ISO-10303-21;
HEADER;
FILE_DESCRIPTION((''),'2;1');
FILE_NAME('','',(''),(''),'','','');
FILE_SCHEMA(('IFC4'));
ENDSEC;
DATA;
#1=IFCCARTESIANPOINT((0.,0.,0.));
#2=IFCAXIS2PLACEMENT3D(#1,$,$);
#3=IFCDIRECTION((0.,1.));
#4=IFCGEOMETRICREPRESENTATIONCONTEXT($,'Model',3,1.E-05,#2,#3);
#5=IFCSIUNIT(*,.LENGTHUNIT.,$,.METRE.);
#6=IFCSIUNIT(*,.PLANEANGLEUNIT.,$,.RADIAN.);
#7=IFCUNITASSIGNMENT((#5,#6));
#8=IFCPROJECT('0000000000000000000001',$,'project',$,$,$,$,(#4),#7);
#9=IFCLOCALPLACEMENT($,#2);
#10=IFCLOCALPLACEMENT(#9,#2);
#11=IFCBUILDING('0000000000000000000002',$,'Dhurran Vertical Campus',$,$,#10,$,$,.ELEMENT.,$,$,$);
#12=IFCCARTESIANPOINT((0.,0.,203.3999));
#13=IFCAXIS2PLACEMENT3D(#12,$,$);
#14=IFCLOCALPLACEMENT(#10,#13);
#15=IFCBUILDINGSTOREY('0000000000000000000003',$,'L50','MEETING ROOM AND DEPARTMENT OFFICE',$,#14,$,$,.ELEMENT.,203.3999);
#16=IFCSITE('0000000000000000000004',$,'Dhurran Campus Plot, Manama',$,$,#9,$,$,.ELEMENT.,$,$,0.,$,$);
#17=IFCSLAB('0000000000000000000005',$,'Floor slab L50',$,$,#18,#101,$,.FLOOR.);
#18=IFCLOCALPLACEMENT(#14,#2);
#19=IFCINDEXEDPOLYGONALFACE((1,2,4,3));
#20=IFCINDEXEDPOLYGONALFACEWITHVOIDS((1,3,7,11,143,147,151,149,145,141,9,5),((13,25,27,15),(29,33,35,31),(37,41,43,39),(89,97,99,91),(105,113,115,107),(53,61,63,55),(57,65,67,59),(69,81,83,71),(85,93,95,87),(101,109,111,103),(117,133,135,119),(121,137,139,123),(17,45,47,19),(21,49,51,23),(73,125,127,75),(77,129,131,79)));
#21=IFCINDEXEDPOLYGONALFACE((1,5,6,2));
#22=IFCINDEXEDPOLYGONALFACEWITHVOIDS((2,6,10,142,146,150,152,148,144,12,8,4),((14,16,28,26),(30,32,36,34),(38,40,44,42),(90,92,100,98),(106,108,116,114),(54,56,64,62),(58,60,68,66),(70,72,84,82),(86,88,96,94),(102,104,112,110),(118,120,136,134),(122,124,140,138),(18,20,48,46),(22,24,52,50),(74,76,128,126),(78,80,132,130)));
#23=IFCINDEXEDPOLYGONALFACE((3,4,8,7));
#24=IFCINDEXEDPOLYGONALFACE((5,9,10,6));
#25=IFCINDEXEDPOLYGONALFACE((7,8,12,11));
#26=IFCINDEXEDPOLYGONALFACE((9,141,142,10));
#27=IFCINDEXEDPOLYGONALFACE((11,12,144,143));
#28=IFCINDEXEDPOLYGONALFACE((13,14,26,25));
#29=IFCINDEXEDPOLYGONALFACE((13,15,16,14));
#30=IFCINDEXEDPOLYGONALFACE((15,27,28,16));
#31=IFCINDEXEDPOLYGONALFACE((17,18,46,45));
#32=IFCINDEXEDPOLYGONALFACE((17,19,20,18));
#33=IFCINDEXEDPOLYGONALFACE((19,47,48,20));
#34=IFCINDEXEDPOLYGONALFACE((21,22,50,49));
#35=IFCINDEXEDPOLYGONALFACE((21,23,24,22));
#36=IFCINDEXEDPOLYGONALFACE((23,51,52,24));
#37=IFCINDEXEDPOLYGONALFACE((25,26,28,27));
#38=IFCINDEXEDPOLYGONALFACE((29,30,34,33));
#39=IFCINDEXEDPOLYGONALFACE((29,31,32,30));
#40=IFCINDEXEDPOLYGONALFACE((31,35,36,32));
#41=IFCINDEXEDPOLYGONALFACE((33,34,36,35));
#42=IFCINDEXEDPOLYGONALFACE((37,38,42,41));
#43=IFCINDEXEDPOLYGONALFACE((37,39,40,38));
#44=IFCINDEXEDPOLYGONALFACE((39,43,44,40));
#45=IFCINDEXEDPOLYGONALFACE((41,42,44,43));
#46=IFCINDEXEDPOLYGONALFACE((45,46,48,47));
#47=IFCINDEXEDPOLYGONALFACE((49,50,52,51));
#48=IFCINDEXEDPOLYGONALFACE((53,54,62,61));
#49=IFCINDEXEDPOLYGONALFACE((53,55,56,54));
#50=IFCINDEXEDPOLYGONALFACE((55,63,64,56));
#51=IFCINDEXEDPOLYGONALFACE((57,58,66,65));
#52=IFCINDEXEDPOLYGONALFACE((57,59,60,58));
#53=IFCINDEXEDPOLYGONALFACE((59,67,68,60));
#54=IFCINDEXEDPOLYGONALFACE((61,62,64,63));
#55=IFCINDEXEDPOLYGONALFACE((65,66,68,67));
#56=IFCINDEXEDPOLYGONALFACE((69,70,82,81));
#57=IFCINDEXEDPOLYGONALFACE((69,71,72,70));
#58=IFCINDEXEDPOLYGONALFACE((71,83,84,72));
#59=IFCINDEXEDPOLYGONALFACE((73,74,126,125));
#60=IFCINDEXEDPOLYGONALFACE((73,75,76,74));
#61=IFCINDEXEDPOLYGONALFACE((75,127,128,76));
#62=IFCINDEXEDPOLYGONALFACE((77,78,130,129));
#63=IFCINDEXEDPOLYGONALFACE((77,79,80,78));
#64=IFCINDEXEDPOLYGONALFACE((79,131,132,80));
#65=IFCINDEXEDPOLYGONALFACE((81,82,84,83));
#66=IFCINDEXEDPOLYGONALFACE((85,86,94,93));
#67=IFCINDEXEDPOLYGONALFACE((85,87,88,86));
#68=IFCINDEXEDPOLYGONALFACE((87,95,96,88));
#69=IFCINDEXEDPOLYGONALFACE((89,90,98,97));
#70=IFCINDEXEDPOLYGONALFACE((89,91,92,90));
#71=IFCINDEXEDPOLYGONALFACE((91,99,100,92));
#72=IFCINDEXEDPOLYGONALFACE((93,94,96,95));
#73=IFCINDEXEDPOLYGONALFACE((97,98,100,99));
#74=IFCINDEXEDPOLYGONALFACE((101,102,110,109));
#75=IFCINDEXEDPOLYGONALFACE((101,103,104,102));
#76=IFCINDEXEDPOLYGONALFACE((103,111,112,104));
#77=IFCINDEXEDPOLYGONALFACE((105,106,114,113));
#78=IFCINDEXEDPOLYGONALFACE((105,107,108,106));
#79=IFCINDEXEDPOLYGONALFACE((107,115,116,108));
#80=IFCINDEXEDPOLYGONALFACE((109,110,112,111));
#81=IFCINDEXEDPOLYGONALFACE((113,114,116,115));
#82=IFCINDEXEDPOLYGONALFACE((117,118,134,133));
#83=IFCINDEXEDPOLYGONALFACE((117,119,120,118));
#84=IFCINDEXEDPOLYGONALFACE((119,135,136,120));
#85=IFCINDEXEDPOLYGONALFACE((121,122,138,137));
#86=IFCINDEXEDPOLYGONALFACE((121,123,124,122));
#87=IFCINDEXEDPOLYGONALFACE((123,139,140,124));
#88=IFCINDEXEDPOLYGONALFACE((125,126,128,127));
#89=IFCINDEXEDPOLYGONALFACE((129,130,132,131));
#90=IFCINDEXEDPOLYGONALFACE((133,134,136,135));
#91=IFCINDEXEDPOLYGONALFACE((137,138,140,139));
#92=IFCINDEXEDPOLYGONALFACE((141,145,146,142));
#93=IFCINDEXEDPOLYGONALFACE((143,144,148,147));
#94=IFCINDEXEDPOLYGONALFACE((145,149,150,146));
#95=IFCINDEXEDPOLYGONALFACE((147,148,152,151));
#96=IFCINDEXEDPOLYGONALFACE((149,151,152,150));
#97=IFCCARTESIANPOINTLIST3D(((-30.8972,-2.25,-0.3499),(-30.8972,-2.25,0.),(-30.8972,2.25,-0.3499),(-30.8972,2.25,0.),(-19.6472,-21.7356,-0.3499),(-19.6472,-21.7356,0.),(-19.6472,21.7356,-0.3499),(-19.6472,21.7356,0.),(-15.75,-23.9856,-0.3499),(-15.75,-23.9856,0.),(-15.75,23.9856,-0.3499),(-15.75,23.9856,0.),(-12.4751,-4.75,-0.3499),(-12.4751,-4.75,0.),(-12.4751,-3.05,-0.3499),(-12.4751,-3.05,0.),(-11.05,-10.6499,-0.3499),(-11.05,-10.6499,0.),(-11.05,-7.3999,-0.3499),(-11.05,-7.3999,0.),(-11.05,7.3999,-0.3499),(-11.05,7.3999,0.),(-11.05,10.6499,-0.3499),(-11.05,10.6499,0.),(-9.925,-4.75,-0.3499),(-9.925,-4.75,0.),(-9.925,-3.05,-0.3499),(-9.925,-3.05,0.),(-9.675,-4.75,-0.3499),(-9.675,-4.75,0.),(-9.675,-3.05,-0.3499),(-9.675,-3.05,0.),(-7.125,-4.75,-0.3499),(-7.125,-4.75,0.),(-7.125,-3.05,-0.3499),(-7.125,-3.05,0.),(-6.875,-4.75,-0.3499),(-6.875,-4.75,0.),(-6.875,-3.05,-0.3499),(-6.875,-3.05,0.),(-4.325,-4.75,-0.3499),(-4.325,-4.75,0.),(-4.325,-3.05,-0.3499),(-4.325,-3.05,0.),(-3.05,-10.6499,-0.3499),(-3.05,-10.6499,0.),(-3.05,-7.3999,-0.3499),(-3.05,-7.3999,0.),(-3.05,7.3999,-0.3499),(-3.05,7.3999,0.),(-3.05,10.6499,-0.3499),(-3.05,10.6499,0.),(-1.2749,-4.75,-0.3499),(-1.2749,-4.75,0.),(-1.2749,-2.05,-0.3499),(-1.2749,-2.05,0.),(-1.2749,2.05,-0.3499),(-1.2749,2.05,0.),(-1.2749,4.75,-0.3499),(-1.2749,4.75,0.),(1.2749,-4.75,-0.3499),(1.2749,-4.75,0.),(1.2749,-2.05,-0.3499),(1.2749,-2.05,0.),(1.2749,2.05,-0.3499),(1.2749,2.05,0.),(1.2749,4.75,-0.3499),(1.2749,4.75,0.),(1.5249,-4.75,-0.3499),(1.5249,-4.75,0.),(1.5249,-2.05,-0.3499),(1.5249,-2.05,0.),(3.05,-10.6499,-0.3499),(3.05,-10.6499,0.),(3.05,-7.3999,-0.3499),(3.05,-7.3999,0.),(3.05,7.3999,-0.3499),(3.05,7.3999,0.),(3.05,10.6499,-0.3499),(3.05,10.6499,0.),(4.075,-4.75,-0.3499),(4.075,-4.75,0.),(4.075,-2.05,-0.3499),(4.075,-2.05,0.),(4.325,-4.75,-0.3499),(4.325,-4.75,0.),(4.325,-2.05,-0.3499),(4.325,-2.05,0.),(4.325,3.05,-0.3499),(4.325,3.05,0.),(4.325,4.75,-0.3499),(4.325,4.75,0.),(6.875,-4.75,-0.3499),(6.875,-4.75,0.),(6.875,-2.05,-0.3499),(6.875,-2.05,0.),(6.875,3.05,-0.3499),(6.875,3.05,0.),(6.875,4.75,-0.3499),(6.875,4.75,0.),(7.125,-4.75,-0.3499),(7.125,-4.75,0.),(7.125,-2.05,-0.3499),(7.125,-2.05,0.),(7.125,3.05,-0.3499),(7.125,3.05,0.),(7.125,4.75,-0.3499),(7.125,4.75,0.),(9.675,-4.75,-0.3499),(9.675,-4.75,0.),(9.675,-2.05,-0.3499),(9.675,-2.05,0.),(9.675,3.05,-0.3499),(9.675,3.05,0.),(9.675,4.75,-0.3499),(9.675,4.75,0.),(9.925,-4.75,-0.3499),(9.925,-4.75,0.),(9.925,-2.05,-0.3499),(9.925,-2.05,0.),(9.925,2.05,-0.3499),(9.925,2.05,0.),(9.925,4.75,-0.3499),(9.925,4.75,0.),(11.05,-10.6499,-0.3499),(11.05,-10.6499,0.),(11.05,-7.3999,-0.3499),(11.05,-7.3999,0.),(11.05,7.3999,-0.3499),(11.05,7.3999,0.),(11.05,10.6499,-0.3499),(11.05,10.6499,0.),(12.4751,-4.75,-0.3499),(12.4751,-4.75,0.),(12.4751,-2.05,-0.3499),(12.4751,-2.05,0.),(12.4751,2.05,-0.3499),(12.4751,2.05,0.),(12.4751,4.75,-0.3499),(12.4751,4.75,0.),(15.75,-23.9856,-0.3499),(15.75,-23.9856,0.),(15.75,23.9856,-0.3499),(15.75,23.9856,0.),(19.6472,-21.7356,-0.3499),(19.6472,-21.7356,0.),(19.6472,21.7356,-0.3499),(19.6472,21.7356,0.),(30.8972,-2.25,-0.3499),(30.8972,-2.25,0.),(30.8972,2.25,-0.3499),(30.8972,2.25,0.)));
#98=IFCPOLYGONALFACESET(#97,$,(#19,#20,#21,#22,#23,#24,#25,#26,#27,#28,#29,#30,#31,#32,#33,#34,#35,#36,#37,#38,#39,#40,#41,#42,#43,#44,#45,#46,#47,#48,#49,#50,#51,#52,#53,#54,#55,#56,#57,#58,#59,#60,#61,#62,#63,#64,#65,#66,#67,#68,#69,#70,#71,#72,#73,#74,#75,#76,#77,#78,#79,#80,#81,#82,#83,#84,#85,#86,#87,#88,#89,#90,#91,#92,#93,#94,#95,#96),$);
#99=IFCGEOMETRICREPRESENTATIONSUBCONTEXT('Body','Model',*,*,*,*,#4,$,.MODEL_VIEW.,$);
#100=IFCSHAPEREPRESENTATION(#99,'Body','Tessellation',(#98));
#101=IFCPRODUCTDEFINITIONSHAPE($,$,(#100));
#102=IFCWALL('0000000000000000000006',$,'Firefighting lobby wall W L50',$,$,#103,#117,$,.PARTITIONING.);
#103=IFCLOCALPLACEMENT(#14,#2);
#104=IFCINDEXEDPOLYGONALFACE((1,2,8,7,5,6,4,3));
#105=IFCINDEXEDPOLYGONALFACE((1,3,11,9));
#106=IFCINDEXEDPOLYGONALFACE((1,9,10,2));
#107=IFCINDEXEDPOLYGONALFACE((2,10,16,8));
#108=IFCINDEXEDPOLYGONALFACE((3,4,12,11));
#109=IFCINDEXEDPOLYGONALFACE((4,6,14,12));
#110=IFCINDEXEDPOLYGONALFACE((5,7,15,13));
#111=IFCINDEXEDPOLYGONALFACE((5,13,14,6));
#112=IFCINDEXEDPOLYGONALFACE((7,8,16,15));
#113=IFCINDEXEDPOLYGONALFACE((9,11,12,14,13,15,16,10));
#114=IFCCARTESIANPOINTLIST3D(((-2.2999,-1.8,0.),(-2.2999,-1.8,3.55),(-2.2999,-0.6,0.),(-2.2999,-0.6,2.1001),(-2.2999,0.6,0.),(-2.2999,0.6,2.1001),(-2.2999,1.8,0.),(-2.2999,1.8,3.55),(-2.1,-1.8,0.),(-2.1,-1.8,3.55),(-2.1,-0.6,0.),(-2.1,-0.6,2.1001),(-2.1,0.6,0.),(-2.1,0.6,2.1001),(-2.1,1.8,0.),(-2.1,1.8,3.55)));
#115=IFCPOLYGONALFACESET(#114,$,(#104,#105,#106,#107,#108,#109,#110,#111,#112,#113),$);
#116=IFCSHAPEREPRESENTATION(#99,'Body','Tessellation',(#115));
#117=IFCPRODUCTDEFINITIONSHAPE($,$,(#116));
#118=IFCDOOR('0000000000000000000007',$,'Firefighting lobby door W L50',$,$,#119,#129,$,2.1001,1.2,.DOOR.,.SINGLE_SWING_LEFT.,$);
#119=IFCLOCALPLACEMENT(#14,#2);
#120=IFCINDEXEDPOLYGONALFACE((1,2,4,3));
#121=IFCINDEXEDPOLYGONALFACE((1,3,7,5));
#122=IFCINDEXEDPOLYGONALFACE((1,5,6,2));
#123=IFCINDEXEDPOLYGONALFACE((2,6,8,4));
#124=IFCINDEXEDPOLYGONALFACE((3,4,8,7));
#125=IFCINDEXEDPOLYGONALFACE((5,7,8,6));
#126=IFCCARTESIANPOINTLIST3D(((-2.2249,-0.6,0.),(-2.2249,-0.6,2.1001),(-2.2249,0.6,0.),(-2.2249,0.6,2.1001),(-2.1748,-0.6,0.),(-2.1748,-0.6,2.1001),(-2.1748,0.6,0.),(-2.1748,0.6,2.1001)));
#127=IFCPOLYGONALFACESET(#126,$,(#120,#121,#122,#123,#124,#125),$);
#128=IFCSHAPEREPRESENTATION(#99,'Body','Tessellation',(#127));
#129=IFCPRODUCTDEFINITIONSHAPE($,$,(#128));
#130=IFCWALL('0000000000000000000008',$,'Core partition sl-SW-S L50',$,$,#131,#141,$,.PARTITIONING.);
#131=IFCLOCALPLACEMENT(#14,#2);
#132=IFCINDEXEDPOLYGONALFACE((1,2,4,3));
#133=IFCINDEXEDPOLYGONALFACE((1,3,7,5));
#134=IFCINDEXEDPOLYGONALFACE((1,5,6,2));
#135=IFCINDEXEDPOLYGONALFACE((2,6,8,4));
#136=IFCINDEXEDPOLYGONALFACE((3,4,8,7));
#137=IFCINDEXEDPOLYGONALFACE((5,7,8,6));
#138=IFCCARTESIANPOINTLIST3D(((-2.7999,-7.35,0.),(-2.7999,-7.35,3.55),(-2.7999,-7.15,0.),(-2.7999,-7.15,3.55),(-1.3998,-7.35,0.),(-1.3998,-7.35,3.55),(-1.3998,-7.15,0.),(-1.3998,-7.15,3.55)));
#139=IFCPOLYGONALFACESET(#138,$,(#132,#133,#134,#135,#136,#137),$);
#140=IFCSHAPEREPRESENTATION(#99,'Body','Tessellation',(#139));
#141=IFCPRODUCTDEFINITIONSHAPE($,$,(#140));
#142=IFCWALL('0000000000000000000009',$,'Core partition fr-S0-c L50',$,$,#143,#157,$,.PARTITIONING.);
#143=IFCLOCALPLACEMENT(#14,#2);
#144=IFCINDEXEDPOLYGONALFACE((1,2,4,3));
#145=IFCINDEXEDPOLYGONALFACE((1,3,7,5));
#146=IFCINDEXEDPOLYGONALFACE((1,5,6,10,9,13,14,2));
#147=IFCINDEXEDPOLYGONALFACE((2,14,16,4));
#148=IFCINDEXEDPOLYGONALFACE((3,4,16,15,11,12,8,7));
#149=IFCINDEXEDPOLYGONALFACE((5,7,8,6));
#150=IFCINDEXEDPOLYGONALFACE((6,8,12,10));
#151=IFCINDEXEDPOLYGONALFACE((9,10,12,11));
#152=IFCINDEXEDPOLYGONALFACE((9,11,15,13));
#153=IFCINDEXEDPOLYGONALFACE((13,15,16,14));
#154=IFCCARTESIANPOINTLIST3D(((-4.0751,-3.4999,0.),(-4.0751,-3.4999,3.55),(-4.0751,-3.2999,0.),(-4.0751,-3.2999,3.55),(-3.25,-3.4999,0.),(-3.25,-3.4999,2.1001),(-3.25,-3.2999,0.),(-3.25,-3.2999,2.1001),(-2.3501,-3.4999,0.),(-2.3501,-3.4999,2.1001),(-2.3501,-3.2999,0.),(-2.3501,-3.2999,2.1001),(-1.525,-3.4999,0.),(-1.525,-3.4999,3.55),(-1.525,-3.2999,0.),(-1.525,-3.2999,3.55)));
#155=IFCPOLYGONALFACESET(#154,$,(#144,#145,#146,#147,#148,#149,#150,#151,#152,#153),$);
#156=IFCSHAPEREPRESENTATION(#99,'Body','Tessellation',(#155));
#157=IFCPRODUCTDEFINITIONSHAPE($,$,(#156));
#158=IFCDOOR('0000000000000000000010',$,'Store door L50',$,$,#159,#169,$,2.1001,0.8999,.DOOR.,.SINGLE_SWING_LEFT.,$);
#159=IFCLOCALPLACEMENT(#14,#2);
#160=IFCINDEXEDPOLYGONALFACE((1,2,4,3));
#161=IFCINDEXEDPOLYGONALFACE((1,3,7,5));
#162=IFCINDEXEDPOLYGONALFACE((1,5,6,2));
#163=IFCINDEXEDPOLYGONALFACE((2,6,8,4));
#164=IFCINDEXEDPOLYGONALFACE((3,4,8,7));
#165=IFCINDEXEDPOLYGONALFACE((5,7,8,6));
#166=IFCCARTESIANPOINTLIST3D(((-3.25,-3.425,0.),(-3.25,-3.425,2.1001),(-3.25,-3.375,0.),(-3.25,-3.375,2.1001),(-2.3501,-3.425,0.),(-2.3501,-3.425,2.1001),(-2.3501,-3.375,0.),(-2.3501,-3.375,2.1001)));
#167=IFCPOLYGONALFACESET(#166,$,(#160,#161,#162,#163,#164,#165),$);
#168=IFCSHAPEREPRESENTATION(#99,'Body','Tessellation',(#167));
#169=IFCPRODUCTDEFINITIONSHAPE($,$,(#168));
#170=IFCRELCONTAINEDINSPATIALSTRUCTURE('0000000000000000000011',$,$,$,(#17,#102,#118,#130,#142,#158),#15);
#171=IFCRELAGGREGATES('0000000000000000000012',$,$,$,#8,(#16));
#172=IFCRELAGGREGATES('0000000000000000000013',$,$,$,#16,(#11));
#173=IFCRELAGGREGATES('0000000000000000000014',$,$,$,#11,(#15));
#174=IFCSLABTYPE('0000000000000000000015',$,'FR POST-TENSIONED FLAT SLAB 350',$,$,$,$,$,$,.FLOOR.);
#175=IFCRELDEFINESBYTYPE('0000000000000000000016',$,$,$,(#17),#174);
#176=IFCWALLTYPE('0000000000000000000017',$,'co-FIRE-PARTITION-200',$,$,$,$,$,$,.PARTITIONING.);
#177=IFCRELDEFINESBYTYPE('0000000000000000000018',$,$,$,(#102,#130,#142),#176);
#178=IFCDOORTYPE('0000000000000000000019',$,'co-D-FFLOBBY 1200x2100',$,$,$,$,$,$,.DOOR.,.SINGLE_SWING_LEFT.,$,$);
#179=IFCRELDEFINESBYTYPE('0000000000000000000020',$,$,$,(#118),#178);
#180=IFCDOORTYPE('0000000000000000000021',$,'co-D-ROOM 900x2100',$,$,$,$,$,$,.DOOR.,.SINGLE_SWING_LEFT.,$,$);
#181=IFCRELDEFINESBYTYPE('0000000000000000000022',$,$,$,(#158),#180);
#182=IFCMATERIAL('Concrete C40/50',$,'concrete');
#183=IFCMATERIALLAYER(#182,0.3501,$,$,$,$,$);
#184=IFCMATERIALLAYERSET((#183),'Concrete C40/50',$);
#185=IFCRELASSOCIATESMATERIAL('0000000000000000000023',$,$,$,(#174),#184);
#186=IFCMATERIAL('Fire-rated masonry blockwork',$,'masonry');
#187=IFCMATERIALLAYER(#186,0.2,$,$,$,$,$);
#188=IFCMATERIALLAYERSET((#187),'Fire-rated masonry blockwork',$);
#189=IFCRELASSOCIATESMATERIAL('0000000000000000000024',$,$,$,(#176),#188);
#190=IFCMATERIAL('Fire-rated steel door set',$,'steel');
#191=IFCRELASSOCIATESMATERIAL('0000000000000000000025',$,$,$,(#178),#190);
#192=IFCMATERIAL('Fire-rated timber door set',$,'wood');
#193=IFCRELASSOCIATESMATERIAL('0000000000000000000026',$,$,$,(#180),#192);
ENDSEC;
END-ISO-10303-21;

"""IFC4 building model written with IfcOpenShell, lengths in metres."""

from ifc_helpers import new_model, si_unit, direction, frame, frame_2d, origin, place, context, subcontext, project, spatial, polyline, rectangle, outline, extrude, material, layer, layer_set, type_object, element, fill, save


model = new_model("IFC4")

# Units and contexts
model_context = context("Model", 3, precision=1e-05, world=origin(), true_north=direction((0.0, 1.0)))
body_context = subcontext(model_context, "Body", "Model", "MODEL_VIEW")
ifc_project = project(units=[si_unit("LENGTHUNIT", "METRE"), si_unit("PLANEANGLEUNIT", "RADIAN")], contexts=[model_context])

# Site, building, storey
site_placement = place(None, origin())
site = spatial("IfcSite", under=ifc_project, at=site_placement, Name="Dhurran Campus Plot, Manama", CompositionType="ELEMENT", RefElevation=0.0)
building_placement = place(site_placement, origin())
building = spatial("IfcBuilding", under=site, at=building_placement, Name="Dhurran Vertical Campus", CompositionType="ELEMENT")
storey_placement = place(building_placement, frame((0.0, 0.0, 203.3999)))
storey = spatial("IfcBuildingStorey", under=building, at=storey_placement, Name="L50", Description="MEETING ROOM AND DEPARTMENT OFFICE", CompositionType="ELEMENT", Elevation=203.3999)

# Slab
ifc_material_1 = material(Name="Concrete C40/50", Category="concrete")
ifc_layer_1 = layer(ifc_material_1, 0.3501)
ifc_layer_set_1 = layer_set([ifc_layer_1], Name="Concrete C40/50")
slab_type = type_object("IfcSlabType", Name="FR POST-TENSIONED FLAT SLAB 350", PredefinedType="FLOOR", material=ifc_layer_set_1)
slab_placement = place(storey_placement, frame((0.0, 0.0, -0.3499)))
element("IfcSlab", 1, at=slab_placement, inside=storey, type_object=slab_type, Name="Floor slab L50", PredefinedType="FLOOR", context=body_context, shape_type="SweptSolid", body=[
    extrude(outline(polyline([(-15.75, -23.9856), (15.75, -23.9856), (19.6472, -21.7356), (30.8972, -2.25), (30.8972, 2.25), (19.6472, 21.7356), (15.75, 23.9856), (-15.75, 23.9856), (-19.6472, 21.7356), (-30.8972, 2.25), (-30.8972, -2.25), (-19.6472, -21.7356), (-15.75, -23.9856)]), holes=[polyline([(-1.2749, 2.05), (1.2749, 2.05), (1.2749, 4.75), (-1.2749, 4.75), (-1.2749, 2.05)]), polyline([(9.925, 2.05), (12.4751, 2.05), (12.4751, 4.75), (9.925, 4.75), (9.925, 2.05)]), polyline([(-1.2749, -4.75), (1.2749, -4.75), (1.2749, -2.05), (-1.2749, -2.05), (-1.2749, -4.75)]), polyline([(1.5249, -4.75), (4.075, -4.75), (4.075, -2.05), (1.5249, -2.05), (1.5249, -4.75)]), polyline([(4.325, -4.75), (6.875, -4.75), (6.875, -2.05), (4.325, -2.05), (4.325, -4.75)]), polyline([(7.125, -4.75), (9.675, -4.75), (9.675, -2.05), (7.125, -2.05), (7.125, -4.75)]), polyline([(9.925, -4.75), (12.4751, -4.75), (12.4751, -2.05), (9.925, -2.05), (9.925, -4.75)]), polyline([(4.325, 3.05), (6.875, 3.05), (6.875, 4.75), (4.325, 4.75), (4.325, 3.05)]), polyline([(7.125, 3.05), (9.675, 3.05), (9.675, 4.75), (7.125, 4.75), (7.125, 3.05)]), polyline([(-12.4751, -4.75), (-9.925, -4.75), (-9.925, -3.05), (-12.4751, -3.05), (-12.4751, -4.75)]), polyline([(-9.675, -4.75), (-7.125, -4.75), (-7.125, -3.05), (-9.675, -3.05), (-9.675, -4.75)]), polyline([(-6.875, -4.75), (-4.325, -4.75), (-4.325, -3.05), (-6.875, -3.05), (-6.875, -4.75)]), polyline([(-11.05, 7.3999), (-3.05, 7.3999), (-3.05, 10.6499), (-11.05, 10.6499), (-11.05, 7.3999)]), polyline([(3.05, 7.3999), (11.05, 7.3999), (11.05, 10.6499), (3.05, 10.6499), (3.05, 7.3999)]), polyline([(-11.05, -10.6499), (-3.05, -10.6499), (-3.05, -7.3999), (-11.05, -7.3999), (-11.05, -10.6499)]), polyline([(3.05, -10.6499), (11.05, -10.6499), (11.05, -7.3999), (3.05, -7.3999), (3.05, -10.6499)])]), origin(), (0.0, 0.0, 1.0), 0.3499),
])

# Wall, opening, door
ifc_material_2 = material(Name="Fire-rated masonry blockwork", Category="masonry")
ifc_layer_2 = layer(ifc_material_2, 0.2)
ifc_layer_set_2 = layer_set([ifc_layer_2], Name="Fire-rated masonry blockwork")
wall_type_1 = type_object("IfcWallType", Name="co-FIRE-PARTITION-200", PredefinedType="PARTITIONING", material=ifc_layer_set_2)
wall_1_placement = place(storey_placement, frame((-2.2, -1.8, 0.0), z_axis=(0.0, 0.0, 1.0), x_axis=(0.0, 1.0, 0.0)))
wall_1 = element("IfcWall", 2, at=wall_1_placement, inside=storey, type_object=wall_type_1, Name="Firefighting lobby wall W L50", PredefinedType="PARTITIONING", context=body_context, shape_type="SweptSolid", body=[
    extrude(rectangle(XDim=3.6001, YDim=0.2, at=frame_2d((1.8, 0.0))), origin(), (0.0, 0.0, 1.0), 3.55),
])
opening_1_placement = place(wall_1_placement, frame((1.2, 0.0, 0.0)))
opening_1 = element("IfcOpeningElement", 3, at=opening_1_placement, cuts=wall_1, PredefinedType="OPENING", context=body_context, shape_type="SweptSolid", body=[
    extrude(rectangle(XDim=1.2, YDim=2.1001, at=frame_2d((0.6001, 1.05))), frame((0.0, 0.1099, 0.0), z_axis=(0.0, -1.0, 0.0), x_axis=(1.0, 0.0, 0.0)), (0.0, 0.0, 1.0), 0.22),
])
ifc_material_3 = material(Name="Fire-rated steel door set", Category="steel")
door_type_1 = type_object("IfcDoorType", Name="co-D-FFLOBBY 1200x2100", OperationType="SINGLE_SWING_LEFT", PredefinedType="DOOR", material=ifc_material_3)
door_1_placement = place(opening_1_placement, origin())
door_1 = element("IfcDoor", 4, at=door_1_placement, inside=storey, type_object=door_type_1, Name="Firefighting lobby door W L50", OperationType="SINGLE_SWING_LEFT", OverallHeight=2.1001, OverallWidth=1.2, PredefinedType="DOOR", context=body_context, shape_type="SweptSolid", body=[
    extrude(rectangle(XDim=1.2, YDim=2.1001, at=frame_2d((0.6001, 1.05))), frame((0.0, 0.0249, 0.0), z_axis=(0.0, -1.0, 0.0), x_axis=(1.0, 0.0, 0.0)), (0.0, 0.0, 1.0), 0.05),
])
fill(opening_1, door_1)

# Wall
wall_2_placement = place(storey_placement, frame((-2.8, -7.25, 0.0), z_axis=(0.0, 0.0, 1.0), x_axis=(1.0, 0.0, 0.0)))
element("IfcWall", 5, at=wall_2_placement, inside=storey, type_object=wall_type_1, Name="Core partition sl-SW-S L50", PredefinedType="PARTITIONING", context=body_context, shape_type="SweptSolid", body=[
    extrude(rectangle(XDim=1.4001, YDim=0.2, at=frame_2d((0.7002, 0.0))), origin(), (0.0, 0.0, 1.0), 3.55),
])

# Wall, opening, door
wall_3_placement = place(storey_placement, frame((-4.075, -3.3999, 0.0), z_axis=(0.0, 0.0, 1.0), x_axis=(1.0, 0.0, 0.0)))
wall_3 = element("IfcWall", 6, at=wall_3_placement, inside=storey, type_object=wall_type_1, Name="Core partition fr-S0-c L50", PredefinedType="PARTITIONING", context=body_context, shape_type="SweptSolid", body=[
    extrude(rectangle(XDim=2.55, YDim=0.2, at=frame_2d((1.2749, 0.0))), origin(), (0.0, 0.0, 1.0), 3.55),
])
opening_2_placement = place(wall_3_placement, frame((0.825, 0.0, 0.0)))
opening_2 = element("IfcOpeningElement", 7, at=opening_2_placement, cuts=wall_3, PredefinedType="OPENING", context=body_context, shape_type="SweptSolid", body=[
    extrude(rectangle(XDim=0.8999, YDim=2.1001, at=frame_2d((0.45, 1.05))), frame((0.0, 0.1099, 0.0), z_axis=(0.0, -1.0, 0.0), x_axis=(1.0, 0.0, 0.0)), (0.0, 0.0, 1.0), 0.22),
])
ifc_material_4 = material(Name="Fire-rated timber door set", Category="wood")
door_type_2 = type_object("IfcDoorType", Name="co-D-ROOM 900x2100", OperationType="SINGLE_SWING_LEFT", PredefinedType="DOOR", material=ifc_material_4)
door_2_placement = place(opening_2_placement, origin())
door_2 = element("IfcDoor", 8, at=door_2_placement, inside=storey, type_object=door_type_2, Name="Store door L50", OperationType="SINGLE_SWING_LEFT", OverallHeight=2.1001, OverallWidth=0.8999, PredefinedType="DOOR", context=body_context, shape_type="SweptSolid", body=[
    extrude(rectangle(XDim=0.8999, YDim=2.1001, at=frame_2d((0.45, 1.05))), frame((0.0, 0.0249, 0.0), z_axis=(0.0, -1.0, 0.0), x_axis=(1.0, 0.0, 0.0)), (0.0, 0.0, 1.0), 0.05),
])
fill(opening_2, door_2)

save(model, "model.ifc")
